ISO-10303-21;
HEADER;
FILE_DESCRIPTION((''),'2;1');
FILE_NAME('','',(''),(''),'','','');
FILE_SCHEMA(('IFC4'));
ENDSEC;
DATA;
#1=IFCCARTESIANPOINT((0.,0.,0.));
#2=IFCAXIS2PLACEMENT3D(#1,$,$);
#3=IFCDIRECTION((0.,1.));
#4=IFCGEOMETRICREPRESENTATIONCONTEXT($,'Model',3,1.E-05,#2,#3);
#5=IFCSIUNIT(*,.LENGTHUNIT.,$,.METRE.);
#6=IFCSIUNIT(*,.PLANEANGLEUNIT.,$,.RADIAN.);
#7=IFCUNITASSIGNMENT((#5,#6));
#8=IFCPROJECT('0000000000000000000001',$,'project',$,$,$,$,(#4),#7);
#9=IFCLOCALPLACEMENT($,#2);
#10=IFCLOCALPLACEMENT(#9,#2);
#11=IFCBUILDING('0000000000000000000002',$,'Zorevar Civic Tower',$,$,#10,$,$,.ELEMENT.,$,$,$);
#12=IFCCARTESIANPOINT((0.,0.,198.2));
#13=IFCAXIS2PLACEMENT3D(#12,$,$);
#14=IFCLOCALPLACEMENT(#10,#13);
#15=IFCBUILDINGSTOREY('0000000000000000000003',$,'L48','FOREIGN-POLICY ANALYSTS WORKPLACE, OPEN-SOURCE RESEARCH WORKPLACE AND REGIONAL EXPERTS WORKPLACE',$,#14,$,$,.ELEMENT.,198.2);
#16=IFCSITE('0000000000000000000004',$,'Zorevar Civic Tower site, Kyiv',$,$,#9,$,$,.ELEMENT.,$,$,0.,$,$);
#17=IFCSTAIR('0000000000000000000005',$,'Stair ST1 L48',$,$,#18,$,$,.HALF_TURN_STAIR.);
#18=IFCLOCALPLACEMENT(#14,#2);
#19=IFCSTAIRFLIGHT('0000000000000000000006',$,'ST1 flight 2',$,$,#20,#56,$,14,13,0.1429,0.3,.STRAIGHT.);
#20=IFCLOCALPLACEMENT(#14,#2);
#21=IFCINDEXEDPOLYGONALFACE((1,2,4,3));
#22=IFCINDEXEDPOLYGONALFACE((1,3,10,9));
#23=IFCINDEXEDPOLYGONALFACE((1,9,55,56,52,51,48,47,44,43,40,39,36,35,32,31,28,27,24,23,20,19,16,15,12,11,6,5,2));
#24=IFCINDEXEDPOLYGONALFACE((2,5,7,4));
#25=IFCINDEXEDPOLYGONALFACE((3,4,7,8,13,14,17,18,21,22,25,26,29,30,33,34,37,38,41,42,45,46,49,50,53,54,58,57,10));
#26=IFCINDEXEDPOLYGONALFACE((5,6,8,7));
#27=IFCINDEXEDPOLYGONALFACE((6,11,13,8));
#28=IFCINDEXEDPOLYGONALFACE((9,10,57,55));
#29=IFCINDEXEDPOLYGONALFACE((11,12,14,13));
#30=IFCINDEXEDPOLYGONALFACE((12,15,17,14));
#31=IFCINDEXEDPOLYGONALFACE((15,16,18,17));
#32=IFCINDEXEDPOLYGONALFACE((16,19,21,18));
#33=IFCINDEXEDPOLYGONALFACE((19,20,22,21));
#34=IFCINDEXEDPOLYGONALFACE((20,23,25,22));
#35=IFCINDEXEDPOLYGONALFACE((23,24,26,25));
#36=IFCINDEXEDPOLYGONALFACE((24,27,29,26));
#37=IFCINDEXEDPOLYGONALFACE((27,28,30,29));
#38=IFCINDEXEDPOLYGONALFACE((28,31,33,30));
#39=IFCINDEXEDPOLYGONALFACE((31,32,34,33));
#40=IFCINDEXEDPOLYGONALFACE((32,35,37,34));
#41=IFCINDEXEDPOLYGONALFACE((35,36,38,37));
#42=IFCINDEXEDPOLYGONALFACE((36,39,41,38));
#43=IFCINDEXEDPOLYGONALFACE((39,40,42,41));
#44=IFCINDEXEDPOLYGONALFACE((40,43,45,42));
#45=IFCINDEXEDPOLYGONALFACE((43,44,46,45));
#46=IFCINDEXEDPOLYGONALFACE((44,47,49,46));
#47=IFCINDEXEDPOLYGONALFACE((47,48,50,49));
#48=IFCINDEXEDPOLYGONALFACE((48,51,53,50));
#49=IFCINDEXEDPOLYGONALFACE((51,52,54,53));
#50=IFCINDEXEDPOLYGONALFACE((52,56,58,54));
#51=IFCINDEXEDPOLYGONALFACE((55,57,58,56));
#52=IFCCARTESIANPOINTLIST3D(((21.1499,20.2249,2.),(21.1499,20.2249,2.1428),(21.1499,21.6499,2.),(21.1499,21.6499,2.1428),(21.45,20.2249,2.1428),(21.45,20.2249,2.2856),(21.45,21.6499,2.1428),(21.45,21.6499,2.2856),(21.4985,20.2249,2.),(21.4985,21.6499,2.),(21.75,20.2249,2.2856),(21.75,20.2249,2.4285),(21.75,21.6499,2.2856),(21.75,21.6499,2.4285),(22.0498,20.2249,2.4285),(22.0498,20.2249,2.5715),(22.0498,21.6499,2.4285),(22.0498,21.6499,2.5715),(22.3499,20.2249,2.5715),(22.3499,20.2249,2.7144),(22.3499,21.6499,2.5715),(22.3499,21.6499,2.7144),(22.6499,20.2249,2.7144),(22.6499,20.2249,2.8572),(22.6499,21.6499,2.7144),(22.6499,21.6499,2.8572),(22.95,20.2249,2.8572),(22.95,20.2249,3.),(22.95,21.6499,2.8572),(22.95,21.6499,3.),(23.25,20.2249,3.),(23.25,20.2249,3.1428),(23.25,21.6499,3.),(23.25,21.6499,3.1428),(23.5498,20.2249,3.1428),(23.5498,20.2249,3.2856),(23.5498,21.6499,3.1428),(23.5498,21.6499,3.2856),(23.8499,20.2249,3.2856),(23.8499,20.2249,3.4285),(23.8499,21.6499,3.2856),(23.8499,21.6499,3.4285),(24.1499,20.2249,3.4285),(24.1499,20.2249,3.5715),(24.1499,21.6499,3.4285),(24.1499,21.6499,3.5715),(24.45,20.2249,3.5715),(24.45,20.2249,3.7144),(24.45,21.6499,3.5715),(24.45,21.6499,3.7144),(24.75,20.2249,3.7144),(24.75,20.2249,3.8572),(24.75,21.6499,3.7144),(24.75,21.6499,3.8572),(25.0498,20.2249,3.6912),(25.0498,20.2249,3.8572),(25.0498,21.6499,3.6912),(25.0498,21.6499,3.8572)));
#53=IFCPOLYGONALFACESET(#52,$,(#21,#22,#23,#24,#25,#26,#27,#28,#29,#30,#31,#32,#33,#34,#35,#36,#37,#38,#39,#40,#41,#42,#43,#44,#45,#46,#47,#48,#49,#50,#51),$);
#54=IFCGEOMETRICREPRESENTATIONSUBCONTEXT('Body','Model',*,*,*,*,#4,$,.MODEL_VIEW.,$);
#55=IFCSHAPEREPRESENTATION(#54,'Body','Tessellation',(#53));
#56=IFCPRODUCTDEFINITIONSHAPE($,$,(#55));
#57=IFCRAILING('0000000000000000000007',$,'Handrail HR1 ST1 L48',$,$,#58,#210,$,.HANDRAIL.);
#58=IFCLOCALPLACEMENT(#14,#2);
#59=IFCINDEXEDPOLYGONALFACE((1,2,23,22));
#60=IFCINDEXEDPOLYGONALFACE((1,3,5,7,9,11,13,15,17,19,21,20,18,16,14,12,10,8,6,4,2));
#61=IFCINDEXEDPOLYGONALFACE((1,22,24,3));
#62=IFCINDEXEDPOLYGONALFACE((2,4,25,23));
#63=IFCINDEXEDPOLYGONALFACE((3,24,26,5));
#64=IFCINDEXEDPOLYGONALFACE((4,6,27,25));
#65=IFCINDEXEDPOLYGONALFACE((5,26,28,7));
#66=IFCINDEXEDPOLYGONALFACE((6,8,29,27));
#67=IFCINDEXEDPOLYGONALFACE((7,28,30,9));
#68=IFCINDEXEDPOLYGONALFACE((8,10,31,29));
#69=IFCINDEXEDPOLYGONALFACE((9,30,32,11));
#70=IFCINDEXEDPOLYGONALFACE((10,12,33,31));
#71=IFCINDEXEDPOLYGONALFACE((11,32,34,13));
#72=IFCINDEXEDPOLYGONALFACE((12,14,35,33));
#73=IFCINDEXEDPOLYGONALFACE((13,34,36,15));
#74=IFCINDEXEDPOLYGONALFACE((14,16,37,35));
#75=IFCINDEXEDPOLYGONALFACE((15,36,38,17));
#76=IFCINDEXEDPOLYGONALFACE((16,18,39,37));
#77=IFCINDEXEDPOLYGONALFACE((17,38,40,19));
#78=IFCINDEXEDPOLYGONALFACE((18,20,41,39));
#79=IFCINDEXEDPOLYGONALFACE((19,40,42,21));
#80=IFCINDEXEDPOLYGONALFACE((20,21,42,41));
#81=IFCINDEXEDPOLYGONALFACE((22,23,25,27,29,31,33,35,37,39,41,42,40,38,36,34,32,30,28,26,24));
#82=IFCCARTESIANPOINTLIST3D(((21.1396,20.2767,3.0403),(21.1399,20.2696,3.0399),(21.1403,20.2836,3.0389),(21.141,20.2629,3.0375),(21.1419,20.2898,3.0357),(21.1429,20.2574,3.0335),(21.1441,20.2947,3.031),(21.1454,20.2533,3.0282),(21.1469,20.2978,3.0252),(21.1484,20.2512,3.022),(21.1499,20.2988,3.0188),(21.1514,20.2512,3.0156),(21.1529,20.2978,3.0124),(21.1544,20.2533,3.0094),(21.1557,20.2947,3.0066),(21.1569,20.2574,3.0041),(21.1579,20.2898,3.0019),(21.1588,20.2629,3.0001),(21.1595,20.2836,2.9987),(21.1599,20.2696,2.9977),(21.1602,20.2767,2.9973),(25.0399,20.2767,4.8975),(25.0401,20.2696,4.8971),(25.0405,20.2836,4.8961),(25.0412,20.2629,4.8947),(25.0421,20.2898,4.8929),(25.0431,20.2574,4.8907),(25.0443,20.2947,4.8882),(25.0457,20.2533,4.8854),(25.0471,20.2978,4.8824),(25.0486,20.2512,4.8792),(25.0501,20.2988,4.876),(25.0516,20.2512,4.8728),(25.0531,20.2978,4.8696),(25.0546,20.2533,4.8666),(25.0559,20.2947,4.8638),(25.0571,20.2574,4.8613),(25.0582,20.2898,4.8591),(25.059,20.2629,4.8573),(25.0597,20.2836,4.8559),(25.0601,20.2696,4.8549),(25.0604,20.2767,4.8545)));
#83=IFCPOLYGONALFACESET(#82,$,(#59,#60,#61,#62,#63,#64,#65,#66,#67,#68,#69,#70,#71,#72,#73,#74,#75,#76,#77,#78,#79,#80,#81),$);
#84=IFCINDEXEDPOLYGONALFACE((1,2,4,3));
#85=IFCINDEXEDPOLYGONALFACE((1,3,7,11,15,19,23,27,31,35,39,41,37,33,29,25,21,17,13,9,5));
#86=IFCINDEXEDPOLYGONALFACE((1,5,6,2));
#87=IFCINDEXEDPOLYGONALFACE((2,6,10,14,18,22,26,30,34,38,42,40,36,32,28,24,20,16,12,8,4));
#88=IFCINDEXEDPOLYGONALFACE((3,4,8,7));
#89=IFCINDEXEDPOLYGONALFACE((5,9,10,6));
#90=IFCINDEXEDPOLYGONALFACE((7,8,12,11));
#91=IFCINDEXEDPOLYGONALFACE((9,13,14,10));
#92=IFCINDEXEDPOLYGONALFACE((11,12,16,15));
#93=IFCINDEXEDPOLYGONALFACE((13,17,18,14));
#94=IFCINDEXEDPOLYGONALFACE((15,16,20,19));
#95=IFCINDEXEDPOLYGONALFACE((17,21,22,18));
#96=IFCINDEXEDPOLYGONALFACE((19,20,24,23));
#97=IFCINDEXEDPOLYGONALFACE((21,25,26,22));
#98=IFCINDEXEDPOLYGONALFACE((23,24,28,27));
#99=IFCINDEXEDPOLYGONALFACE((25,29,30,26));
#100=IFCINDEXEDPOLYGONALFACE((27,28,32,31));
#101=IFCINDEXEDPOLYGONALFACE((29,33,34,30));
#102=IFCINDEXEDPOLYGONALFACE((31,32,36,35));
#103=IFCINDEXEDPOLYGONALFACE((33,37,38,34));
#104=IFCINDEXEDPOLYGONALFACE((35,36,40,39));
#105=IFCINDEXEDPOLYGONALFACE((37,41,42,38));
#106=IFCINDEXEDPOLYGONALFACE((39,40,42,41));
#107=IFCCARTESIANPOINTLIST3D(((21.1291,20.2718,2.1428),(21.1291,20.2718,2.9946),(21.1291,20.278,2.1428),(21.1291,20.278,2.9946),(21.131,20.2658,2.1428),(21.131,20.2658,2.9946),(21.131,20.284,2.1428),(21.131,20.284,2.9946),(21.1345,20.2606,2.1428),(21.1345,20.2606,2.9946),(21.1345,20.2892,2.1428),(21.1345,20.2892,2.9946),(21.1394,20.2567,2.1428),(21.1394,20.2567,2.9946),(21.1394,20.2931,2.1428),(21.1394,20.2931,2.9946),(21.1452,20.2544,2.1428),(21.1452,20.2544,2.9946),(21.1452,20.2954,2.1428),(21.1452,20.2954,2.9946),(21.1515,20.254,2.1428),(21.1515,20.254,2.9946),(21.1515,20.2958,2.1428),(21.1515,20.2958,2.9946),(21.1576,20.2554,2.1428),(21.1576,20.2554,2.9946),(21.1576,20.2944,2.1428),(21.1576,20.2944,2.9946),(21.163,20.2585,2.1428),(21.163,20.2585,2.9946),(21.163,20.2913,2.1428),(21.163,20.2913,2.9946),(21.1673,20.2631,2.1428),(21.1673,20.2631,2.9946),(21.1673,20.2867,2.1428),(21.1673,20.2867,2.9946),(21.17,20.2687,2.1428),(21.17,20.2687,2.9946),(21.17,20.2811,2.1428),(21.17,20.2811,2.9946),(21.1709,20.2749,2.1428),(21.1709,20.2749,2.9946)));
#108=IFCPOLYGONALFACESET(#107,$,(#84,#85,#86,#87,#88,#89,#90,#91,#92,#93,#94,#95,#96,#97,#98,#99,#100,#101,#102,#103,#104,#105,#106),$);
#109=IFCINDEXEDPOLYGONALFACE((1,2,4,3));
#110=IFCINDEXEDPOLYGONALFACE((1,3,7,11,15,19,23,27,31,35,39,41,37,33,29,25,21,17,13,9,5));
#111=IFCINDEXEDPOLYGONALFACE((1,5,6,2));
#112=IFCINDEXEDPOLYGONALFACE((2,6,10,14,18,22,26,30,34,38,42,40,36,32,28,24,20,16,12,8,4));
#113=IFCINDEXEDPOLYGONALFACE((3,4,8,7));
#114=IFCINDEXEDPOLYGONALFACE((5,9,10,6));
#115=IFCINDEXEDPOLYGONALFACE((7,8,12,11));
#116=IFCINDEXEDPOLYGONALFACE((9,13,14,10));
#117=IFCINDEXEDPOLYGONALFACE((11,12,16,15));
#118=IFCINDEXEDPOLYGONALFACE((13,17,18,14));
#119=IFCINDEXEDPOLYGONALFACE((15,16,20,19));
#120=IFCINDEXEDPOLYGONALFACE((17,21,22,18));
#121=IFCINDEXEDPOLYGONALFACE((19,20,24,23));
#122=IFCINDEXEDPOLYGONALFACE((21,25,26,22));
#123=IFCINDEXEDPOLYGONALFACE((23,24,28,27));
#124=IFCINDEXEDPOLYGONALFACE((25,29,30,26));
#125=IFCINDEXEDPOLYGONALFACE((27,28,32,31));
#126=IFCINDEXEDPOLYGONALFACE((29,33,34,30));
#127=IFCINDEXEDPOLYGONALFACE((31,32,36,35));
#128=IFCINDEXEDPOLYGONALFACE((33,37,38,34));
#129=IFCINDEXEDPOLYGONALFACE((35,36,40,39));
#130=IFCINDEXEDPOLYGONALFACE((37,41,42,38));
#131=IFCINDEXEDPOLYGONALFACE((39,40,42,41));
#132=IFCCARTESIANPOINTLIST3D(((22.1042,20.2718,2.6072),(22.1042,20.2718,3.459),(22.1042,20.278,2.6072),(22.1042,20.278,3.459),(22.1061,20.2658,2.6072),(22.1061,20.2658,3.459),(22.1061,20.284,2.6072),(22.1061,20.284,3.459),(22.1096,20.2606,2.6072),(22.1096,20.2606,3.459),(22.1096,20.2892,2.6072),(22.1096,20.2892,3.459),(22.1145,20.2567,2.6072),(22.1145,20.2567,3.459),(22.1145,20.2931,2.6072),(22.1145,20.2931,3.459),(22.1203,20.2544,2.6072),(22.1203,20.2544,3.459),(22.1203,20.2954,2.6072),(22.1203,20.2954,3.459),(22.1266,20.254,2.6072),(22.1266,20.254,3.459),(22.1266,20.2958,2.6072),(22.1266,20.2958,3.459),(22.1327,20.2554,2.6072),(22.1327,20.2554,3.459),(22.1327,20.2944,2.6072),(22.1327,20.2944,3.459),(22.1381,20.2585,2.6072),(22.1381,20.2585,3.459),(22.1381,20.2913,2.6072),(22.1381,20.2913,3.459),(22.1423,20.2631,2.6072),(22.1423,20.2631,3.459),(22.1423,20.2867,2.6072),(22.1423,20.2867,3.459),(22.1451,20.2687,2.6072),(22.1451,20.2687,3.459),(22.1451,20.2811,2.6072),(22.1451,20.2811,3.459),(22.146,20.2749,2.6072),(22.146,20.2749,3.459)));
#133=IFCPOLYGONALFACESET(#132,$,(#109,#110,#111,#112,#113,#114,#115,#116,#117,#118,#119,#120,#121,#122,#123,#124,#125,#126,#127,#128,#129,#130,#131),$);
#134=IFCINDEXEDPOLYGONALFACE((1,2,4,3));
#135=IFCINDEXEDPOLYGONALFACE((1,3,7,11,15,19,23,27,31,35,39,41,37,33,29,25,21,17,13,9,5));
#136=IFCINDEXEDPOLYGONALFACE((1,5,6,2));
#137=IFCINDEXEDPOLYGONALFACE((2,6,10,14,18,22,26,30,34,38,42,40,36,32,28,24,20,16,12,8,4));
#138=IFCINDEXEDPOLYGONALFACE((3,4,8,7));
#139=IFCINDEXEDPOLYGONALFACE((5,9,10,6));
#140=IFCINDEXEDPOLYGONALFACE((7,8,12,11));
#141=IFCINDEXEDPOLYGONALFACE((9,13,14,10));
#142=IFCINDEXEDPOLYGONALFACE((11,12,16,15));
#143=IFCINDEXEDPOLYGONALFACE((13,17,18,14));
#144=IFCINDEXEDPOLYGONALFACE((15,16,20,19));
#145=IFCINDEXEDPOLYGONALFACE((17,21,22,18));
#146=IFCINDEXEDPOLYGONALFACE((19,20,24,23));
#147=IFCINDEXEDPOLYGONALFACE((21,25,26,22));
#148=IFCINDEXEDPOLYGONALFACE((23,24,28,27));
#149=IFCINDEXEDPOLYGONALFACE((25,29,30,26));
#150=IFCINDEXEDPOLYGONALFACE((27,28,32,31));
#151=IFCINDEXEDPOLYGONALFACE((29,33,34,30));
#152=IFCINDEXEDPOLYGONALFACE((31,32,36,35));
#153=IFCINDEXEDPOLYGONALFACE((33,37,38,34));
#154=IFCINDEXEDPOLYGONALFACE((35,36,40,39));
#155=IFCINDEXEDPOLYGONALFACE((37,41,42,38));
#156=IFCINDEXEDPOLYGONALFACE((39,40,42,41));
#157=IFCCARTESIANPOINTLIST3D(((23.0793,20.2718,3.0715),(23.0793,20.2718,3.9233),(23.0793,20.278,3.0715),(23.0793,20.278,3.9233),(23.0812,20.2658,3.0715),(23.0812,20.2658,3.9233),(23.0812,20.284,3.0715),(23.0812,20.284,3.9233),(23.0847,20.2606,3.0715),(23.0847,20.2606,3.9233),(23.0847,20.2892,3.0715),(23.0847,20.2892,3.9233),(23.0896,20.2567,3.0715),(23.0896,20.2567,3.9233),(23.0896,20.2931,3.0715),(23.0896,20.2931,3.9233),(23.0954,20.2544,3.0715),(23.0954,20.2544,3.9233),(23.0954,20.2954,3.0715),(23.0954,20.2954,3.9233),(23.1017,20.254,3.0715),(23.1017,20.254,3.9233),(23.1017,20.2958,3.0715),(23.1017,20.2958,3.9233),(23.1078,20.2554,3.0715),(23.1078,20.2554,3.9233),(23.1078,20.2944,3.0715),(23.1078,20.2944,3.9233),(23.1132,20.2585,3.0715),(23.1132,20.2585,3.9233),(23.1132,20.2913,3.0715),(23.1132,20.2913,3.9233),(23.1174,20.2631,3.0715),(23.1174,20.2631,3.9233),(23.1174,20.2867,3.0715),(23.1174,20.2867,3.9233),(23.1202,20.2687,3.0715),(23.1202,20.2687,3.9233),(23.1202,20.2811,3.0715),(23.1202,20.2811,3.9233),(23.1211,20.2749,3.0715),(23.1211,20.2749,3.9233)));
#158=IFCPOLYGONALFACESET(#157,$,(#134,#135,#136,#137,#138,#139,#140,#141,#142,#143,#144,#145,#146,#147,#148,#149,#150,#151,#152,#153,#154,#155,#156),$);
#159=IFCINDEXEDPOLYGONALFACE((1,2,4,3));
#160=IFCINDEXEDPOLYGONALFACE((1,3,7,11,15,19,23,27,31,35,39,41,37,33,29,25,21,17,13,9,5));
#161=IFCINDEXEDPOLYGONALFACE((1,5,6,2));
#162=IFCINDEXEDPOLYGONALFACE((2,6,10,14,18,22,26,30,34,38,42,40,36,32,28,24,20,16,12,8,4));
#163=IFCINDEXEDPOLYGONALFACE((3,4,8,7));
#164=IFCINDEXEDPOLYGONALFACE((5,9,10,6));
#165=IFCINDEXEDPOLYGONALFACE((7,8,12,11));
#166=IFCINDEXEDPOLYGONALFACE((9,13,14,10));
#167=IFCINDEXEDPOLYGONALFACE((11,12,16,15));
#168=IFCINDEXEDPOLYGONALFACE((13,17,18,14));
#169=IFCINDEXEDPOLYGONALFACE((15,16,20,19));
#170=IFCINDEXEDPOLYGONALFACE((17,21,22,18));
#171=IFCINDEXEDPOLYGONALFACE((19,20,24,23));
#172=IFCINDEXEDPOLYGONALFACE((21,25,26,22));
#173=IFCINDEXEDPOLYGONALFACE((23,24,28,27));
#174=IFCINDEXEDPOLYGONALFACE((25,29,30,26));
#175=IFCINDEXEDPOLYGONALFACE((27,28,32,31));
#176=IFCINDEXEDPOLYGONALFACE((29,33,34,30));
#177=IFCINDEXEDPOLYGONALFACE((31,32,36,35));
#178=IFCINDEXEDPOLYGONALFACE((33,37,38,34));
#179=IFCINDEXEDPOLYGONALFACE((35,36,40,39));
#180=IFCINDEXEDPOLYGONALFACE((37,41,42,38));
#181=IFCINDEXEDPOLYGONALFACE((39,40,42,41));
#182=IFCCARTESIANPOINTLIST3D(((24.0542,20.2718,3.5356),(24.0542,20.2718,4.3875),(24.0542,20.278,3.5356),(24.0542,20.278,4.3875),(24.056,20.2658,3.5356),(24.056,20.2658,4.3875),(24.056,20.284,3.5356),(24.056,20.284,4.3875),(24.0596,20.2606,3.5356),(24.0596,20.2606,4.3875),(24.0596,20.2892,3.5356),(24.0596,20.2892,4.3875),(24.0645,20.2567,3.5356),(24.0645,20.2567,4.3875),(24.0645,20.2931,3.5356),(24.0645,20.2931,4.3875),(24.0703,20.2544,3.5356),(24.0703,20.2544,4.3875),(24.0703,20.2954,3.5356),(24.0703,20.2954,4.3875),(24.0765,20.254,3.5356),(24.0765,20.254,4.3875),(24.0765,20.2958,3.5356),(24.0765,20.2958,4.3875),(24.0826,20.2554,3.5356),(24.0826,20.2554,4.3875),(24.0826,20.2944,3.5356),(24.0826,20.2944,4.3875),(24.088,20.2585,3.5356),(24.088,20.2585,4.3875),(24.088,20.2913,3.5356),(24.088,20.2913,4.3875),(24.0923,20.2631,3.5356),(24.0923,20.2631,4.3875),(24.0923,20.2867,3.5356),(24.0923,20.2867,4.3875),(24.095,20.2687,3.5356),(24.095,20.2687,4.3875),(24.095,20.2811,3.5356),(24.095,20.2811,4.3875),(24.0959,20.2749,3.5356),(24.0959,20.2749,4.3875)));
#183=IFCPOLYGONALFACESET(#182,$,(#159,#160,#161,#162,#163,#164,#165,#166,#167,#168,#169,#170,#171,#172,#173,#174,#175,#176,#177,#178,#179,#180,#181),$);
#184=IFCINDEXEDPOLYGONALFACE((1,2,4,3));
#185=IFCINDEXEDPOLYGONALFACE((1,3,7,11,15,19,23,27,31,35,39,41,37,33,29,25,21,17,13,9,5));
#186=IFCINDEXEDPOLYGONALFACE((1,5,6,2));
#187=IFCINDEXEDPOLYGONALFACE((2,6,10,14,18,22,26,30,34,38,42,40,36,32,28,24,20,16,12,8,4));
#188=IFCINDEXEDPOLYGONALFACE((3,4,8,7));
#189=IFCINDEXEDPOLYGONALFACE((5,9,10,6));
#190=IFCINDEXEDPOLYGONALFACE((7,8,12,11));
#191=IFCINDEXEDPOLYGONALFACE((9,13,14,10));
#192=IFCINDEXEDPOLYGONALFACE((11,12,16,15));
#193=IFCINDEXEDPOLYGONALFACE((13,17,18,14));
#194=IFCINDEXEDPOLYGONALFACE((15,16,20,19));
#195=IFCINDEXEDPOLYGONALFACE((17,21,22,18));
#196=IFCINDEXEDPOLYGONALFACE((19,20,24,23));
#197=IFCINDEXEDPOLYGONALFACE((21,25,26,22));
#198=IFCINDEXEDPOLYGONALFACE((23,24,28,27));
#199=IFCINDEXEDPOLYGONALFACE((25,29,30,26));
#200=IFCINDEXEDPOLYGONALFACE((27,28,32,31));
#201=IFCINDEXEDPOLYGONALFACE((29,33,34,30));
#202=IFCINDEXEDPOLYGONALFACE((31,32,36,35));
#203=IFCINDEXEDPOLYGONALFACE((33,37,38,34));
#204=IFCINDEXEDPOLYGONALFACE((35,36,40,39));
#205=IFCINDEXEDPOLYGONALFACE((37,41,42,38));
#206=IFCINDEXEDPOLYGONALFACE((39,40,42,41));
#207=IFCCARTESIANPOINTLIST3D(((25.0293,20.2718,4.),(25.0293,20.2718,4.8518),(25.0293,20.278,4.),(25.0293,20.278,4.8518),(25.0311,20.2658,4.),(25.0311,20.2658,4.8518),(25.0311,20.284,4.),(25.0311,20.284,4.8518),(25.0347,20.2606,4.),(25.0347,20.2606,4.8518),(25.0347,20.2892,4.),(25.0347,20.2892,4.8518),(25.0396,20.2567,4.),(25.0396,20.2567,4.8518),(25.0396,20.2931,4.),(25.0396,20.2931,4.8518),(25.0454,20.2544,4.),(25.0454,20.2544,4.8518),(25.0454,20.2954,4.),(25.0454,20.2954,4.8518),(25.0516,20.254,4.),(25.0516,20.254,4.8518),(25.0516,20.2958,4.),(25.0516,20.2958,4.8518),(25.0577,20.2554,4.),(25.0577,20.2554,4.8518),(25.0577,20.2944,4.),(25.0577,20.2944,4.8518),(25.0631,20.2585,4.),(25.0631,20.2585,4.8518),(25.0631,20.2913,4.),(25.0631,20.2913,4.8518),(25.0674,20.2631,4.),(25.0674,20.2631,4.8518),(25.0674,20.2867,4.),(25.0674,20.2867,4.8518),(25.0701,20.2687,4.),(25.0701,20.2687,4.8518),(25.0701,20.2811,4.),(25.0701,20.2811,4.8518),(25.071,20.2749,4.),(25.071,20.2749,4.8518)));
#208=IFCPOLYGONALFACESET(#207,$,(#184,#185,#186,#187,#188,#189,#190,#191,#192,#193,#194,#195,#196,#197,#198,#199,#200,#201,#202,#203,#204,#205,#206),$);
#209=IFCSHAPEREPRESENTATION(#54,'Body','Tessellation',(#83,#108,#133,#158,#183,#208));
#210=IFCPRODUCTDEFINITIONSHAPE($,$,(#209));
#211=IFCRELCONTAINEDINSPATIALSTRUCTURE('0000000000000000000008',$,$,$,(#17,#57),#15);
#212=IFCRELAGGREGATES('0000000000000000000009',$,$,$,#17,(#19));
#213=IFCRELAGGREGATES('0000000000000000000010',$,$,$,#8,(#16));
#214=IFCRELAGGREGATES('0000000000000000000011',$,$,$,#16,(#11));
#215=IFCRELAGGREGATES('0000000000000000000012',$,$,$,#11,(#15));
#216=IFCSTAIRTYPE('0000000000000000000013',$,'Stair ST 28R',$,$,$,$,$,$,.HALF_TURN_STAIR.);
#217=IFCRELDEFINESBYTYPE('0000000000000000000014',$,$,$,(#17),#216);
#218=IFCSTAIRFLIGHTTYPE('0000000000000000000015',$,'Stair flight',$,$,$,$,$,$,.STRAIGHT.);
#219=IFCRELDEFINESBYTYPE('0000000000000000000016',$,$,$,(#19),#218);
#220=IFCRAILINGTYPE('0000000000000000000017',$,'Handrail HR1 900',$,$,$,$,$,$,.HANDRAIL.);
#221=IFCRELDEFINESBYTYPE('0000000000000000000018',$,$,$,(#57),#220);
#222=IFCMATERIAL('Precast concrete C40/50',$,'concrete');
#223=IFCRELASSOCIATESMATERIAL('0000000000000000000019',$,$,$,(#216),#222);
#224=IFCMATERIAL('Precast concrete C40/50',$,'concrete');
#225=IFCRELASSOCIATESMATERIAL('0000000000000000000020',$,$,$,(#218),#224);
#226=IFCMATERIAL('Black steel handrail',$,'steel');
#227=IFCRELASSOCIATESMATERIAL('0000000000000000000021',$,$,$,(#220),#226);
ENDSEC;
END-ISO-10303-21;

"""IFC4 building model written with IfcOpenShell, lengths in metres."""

from ifc_helpers import new_model, si_unit, direction, frame, origin, origin_2d, place, context, subcontext, project, spatial, polyline, circle, outline, extrude, material, type_object, element, aggregate, save


model = new_model("IFC4")

# Units and contexts
model_context = context("Model", 3, precision=1e-05, world=origin(), true_north=direction((0.0, 1.0)))
body_context = subcontext(model_context, "Body", "Model", "MODEL_VIEW")
ifc_project = project(units=[si_unit("LENGTHUNIT", "METRE"), si_unit("PLANEANGLEUNIT", "RADIAN")], contexts=[model_context])

# Site, building, storey
site_placement = place(None, origin())
site = spatial("IfcSite", under=ifc_project, at=site_placement, Name="Zorevar Civic Tower site, Kyiv", CompositionType="ELEMENT", RefElevation=0.0)
building_placement = place(site_placement, origin())
building = spatial("IfcBuilding", under=site, at=building_placement, Name="Zorevar Civic Tower", CompositionType="ELEMENT")
storey_placement = place(building_placement, frame((0.0, 0.0, 198.2)))
storey = spatial("IfcBuildingStorey", under=building, at=storey_placement, Name="L48", Description="FOREIGN-POLICY ANALYSTS WORKPLACE, OPEN-SOURCE RESEARCH WORKPLACE AND REGIONAL EXPERTS WORKPLACE", CompositionType="ELEMENT", Elevation=198.2)

# Stair, stair flight
ifc_material_1 = material(Name="Precast concrete C40/50", Category="concrete")
stair_type = type_object("IfcStairType", Name="Stair ST 28R", PredefinedType="HALF_TURN_STAIR", material=ifc_material_1)
stair_placement = place(storey_placement, origin())
stair = element("IfcStair", 1, at=stair_placement, inside=storey, type_object=stair_type, Name="Stair ST1 L48", PredefinedType="HALF_TURN_STAIR")
ifc_material_2 = material(Name="Precast concrete C40/50", Category="concrete")
stair_flight_type = type_object("IfcStairFlightType", Name="Stair flight", PredefinedType="STRAIGHT", material=ifc_material_2)
stair_flight_placement = place(storey_placement, frame((21.1499, 20.9375, 2.0), z_axis=(0.0, 0.0, 1.0), x_axis=(1.0, 0.0, 0.0)))
stair_flight = element("IfcStairFlight", 2, at=stair_flight_placement, type_object=stair_flight_type, Name="ST1 flight 2", NumberOfRisers=14, NumberOfTreads=13, PredefinedType="STRAIGHT", RiserHeight=0.1429, TreadLength=0.3, context=body_context, shape_type="SweptSolid", body=[
    extrude(outline(polyline([(0.0, 0.0), (0.0, 0.1428), (0.3, 0.1428), (0.3, 0.2856), (0.6001, 0.2856), (0.6001, 0.4285), (0.8999, 0.4285), (0.8999, 0.5715), (1.2, 0.5715), (1.2, 0.7144), (1.5, 0.7144), (1.5, 0.8572), (1.8, 0.8572), (1.8, 1.0), (2.1001, 1.0), (2.1001, 1.1428), (2.3999, 1.1428), (2.3999, 1.2856), (2.7, 1.2856), (2.7, 1.4285), (3.0, 1.4285), (3.0, 1.5715), (3.3, 1.5715), (3.3, 1.7144), (3.6001, 1.7144), (3.6001, 1.8572), (3.8999, 1.8572), (3.8999, 2.0), (3.8999, 1.6912), (0.3486, 0.0), (0.0, 0.0)])), frame((0.0, 0.7124, 0.0), z_axis=(0.0, -1.0, 0.0), x_axis=(1.0, 0.0, 0.0)), (0.0, 0.0, 1.0), 1.425),
])
aggregate(stair, [stair_flight])

# Railing
ifc_material_3 = material(Name="Black steel handrail", Category="steel")
railing_type = type_object("IfcRailingType", Name="Handrail HR1 900", PredefinedType="HANDRAIL", material=ifc_material_3)
railing_placement = place(storey_placement, frame((21.1499, 20.2749, 2.1428)))
element("IfcRailing", 3, at=railing_placement, inside=storey, type_object=railing_type, Name="Handrail HR1 ST1 L48", PredefinedType="HANDRAIL", context=body_context, shape_type="SweptSolid", body=[
    extrude(circle(Radius=0.0239, at=origin_2d()), frame((0.0, 0.0, 0.876), z_axis=(0.902864, 0.0, 0.429927), x_axis=(0.0, 1.0, 0.0)), (0.0, 0.0, 1.0), 4.3198),
    extrude(circle(Radius=0.021, at=origin_2d()), origin(), (0.0, 0.0, 1.0), 0.8518),
    extrude(circle(Radius=0.021, at=origin_2d()), frame((0.9751, 0.0, 0.4644)), (0.0, 0.0, 1.0), 0.8518),
    extrude(circle(Radius=0.021, at=origin_2d()), frame((1.9502, 0.0, 0.9287)), (0.0, 0.0, 1.0), 0.8518),
    extrude(circle(Radius=0.021, at=origin_2d()), frame((2.925, 0.0, 1.3928)), (0.0, 0.0, 1.0), 0.8518),
    extrude(circle(Radius=0.021, at=origin_2d()), frame((3.9001, 0.0, 1.8572)), (0.0, 0.0, 1.0), 0.8518),
])

save(model, "model.ifc")
